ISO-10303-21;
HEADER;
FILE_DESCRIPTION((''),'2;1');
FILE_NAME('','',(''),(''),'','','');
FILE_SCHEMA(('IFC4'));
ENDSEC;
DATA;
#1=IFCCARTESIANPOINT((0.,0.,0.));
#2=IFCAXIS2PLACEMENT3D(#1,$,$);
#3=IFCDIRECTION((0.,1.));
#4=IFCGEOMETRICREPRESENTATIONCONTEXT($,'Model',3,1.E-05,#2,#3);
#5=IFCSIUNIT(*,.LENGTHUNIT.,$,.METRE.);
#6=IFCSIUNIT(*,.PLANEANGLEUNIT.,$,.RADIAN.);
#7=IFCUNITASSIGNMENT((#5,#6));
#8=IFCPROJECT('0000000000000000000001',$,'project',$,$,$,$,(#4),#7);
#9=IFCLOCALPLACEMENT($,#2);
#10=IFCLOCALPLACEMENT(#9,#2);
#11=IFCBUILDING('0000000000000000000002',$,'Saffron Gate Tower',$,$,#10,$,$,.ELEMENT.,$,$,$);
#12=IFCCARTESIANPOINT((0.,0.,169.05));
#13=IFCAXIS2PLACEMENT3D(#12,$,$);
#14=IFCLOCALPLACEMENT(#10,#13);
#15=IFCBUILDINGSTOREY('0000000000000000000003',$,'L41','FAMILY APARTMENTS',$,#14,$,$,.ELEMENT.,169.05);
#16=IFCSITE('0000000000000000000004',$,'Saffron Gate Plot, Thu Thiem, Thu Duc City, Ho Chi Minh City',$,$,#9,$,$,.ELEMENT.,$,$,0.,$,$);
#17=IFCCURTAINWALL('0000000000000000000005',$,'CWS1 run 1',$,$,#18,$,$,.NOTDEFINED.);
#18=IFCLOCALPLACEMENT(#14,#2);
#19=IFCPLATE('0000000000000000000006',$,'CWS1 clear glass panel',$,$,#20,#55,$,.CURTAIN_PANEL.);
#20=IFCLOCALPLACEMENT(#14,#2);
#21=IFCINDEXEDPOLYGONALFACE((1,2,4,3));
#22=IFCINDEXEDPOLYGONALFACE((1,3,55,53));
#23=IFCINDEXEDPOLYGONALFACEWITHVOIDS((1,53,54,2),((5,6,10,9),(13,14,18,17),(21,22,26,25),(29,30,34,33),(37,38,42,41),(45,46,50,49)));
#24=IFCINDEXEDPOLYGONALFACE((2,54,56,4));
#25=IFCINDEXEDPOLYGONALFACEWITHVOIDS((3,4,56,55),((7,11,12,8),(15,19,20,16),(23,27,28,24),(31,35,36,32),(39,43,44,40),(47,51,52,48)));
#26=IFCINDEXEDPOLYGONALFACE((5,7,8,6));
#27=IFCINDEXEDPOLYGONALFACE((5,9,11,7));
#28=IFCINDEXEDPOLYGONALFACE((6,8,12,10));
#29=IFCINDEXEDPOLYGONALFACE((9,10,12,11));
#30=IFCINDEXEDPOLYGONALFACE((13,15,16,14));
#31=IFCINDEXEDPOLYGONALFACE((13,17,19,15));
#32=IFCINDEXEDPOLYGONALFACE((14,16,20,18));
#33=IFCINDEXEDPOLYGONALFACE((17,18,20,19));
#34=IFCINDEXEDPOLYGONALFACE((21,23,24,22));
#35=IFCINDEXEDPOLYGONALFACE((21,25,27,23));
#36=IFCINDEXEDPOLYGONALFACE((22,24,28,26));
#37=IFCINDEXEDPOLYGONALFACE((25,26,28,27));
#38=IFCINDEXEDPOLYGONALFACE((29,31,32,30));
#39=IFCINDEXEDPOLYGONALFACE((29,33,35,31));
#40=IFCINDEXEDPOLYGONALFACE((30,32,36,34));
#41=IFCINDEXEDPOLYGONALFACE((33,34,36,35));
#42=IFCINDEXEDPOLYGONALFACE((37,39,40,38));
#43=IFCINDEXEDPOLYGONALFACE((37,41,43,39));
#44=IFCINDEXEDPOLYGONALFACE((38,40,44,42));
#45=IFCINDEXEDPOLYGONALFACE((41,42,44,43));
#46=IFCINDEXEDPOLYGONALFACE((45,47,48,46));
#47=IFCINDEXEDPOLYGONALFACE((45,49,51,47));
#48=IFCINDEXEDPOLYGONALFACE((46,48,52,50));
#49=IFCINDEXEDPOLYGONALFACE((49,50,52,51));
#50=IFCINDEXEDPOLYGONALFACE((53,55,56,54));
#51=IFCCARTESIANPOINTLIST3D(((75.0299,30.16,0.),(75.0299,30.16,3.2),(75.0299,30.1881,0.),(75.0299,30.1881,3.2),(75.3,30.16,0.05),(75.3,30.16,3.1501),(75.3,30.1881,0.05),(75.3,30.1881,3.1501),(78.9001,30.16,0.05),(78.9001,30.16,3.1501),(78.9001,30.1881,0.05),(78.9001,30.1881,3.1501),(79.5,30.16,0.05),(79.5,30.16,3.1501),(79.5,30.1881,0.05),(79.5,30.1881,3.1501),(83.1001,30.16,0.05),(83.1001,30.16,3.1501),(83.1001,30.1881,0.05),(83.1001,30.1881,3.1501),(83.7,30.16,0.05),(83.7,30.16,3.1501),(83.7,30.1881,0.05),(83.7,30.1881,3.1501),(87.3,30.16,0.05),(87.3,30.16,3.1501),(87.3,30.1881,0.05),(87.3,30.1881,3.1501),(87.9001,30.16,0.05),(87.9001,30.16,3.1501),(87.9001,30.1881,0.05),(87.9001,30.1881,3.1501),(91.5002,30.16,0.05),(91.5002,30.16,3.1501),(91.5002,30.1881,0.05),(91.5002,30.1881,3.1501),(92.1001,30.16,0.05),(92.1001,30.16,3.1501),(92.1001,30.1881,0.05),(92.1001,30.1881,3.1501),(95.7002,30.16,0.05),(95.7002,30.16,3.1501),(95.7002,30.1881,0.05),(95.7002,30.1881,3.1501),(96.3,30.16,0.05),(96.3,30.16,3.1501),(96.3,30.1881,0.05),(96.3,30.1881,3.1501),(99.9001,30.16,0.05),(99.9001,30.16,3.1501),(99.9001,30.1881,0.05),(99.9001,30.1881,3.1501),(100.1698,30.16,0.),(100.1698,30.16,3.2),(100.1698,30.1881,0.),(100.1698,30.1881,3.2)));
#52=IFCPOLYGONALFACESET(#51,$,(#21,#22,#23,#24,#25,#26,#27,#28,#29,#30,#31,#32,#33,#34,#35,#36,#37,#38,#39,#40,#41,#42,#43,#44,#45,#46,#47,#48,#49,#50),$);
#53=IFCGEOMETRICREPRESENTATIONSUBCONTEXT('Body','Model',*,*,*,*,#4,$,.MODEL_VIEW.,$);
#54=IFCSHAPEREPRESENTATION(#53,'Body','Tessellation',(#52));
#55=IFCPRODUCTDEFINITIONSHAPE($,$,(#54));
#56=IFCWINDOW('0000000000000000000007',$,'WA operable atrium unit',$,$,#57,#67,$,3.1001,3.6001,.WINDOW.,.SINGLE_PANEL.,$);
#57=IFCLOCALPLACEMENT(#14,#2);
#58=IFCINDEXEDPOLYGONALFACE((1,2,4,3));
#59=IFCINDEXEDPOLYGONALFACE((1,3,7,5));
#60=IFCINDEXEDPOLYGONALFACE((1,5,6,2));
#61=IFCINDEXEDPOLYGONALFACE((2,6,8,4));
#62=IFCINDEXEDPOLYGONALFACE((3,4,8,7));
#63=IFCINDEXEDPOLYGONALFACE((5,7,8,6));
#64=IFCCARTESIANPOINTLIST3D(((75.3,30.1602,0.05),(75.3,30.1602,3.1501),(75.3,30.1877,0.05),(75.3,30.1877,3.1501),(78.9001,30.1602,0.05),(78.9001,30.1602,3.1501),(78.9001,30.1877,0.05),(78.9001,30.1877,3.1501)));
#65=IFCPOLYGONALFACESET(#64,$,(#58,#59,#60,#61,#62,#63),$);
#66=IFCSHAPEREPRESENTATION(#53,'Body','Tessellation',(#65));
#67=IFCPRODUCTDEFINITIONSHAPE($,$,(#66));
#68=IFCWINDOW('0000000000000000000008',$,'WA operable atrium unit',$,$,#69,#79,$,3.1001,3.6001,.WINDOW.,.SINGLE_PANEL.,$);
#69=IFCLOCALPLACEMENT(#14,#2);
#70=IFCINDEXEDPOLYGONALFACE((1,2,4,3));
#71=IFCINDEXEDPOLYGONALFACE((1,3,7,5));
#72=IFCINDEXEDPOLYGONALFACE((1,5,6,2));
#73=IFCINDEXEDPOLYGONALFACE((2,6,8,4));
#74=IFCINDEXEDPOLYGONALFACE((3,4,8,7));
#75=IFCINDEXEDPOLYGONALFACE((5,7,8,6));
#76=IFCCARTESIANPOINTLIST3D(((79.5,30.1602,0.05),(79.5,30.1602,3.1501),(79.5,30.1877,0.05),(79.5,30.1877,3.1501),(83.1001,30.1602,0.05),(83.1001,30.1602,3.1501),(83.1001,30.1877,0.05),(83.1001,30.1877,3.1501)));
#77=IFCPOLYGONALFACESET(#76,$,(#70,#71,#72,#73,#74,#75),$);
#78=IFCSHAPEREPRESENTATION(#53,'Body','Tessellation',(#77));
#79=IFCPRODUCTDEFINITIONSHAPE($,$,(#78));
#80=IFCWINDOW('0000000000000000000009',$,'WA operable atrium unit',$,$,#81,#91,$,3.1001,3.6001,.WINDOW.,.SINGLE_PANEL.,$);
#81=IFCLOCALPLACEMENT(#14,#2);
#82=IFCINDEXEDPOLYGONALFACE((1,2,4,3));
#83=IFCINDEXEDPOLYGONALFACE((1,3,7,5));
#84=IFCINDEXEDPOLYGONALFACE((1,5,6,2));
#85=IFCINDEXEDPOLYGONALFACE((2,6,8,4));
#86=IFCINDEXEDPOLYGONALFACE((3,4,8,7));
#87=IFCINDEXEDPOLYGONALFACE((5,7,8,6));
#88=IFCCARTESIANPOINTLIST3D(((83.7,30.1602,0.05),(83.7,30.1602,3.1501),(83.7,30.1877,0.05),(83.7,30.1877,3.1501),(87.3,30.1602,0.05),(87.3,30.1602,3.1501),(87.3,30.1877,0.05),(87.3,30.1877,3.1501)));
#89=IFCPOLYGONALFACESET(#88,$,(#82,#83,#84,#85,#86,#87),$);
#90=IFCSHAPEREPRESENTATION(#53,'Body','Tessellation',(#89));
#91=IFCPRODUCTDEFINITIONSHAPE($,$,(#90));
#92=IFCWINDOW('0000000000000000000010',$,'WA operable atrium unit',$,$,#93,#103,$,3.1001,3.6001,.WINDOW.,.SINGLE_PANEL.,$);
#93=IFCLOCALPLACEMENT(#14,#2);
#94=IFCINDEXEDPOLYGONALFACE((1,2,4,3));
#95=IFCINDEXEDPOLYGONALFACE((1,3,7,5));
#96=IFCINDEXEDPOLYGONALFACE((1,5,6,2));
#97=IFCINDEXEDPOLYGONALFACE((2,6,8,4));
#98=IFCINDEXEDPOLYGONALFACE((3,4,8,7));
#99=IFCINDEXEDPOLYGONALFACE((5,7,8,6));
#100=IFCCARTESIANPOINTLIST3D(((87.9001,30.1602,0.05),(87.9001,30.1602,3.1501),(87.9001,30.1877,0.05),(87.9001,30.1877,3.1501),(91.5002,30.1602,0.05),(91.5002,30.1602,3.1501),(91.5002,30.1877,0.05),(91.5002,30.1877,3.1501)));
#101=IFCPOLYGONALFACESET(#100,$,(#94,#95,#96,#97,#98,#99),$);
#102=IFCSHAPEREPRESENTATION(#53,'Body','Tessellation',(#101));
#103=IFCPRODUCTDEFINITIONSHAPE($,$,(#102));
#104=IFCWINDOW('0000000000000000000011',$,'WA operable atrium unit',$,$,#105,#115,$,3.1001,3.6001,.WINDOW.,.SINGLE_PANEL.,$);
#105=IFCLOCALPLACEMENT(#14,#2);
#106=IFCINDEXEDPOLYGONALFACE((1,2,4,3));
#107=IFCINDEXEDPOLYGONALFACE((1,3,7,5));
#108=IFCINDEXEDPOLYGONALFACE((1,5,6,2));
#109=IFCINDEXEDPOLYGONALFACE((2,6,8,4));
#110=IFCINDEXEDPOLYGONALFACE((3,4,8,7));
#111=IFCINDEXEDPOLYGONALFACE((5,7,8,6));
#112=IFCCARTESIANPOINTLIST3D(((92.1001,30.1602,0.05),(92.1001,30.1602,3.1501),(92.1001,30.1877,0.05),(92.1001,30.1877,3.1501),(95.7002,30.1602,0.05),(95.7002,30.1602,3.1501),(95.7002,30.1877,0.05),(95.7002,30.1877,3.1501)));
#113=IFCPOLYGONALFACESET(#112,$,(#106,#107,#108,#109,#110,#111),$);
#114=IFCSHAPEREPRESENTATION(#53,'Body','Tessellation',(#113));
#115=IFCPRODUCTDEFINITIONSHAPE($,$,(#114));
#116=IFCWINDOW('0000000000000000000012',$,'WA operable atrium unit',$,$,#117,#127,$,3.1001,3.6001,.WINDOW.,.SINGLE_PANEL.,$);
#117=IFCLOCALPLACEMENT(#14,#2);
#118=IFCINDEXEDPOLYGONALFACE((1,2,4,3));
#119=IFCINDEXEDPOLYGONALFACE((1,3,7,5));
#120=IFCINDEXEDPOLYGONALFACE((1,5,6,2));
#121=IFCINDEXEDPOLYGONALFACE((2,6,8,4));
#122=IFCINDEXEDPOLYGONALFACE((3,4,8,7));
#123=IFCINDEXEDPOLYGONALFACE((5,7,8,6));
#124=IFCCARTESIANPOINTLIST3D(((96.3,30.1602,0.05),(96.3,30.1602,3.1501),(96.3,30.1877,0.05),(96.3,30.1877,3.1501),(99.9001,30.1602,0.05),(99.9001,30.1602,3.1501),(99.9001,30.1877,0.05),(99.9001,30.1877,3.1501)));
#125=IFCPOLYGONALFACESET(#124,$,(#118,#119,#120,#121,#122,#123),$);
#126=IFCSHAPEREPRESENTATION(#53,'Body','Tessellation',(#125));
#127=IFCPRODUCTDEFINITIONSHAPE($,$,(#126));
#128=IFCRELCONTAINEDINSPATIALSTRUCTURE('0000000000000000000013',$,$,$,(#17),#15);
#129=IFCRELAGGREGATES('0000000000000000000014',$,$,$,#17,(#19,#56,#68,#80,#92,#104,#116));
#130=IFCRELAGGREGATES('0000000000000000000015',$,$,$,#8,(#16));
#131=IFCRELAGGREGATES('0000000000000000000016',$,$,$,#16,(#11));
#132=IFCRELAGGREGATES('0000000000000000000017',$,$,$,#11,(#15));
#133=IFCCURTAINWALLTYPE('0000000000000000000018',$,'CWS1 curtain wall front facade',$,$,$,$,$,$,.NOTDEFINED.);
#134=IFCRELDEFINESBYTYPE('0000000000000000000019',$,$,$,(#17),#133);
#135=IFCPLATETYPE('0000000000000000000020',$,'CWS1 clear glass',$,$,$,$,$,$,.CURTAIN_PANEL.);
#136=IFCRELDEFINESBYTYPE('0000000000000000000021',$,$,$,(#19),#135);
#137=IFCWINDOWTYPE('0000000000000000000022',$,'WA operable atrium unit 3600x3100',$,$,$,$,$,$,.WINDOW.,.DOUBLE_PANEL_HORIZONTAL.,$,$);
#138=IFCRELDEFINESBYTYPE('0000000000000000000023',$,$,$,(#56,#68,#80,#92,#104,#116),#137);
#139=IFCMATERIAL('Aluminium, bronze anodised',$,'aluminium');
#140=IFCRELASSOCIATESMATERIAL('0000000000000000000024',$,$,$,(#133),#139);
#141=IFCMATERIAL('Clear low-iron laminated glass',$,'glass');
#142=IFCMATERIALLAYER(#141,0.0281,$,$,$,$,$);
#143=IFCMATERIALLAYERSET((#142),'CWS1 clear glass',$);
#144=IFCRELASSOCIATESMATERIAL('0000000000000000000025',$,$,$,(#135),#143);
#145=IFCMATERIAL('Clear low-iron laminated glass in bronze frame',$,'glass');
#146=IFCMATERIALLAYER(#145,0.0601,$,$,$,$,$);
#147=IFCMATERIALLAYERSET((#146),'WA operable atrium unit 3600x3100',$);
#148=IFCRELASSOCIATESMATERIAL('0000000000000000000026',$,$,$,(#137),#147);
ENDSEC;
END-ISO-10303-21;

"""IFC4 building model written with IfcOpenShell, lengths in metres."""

from ifc_helpers import new_model, si_unit, direction, frame, frame_2d, origin, place, context, subcontext, project, spatial, rectangle, extrude, material, layer, layer_set, type_object, element, fill, aggregate, save


model = new_model("IFC4")

# Units and contexts
model_context = context("Model", 3, precision=1e-05, world=origin(), true_north=direction((0.0, 1.0)))
body_context = subcontext(model_context, "Body", "Model", "MODEL_VIEW")
ifc_project = project(units=[si_unit("LENGTHUNIT", "METRE"), si_unit("PLANEANGLEUNIT", "RADIAN")], contexts=[model_context])

# Site, building, storey
site_placement = place(None, origin())
site = spatial("IfcSite", under=ifc_project, at=site_placement, Name="Saffron Gate Plot, Thu Thiem, Thu Duc City, Ho Chi Minh City", CompositionType="ELEMENT", RefElevation=0.0)
building_placement = place(site_placement, origin())
building = spatial("IfcBuilding", under=site, at=building_placement, Name="Saffron Gate Tower", CompositionType="ELEMENT")
storey_placement = place(building_placement, frame((0.0, 0.0, 169.05)))
storey = spatial("IfcBuildingStorey", under=building, at=storey_placement, Name="L41", Description="FAMILY APARTMENTS", CompositionType="ELEMENT", Elevation=169.05)

# Curtain wall, plate, openings, windows
ifc_material_1 = material(Name="Aluminium, bronze anodised", Category="aluminium")
curtain_wall_type = type_object("IfcCurtainWallType", Name="CWS1 curtain wall front facade", PredefinedType="NOTDEFINED", material=ifc_material_1)
curtain_wall_placement = place(storey_placement, origin())
curtain_wall = element("IfcCurtainWall", 1, at=curtain_wall_placement, inside=storey, type_object=curtain_wall_type, Name="CWS1 run 1", PredefinedType="NOTDEFINED")
ifc_material_2 = material(Name="Clear low-iron laminated glass", Category="glass")
ifc_layer_1 = layer(ifc_material_2, 0.0281)
ifc_layer_set_1 = layer_set([ifc_layer_1], Name="CWS1 clear glass")
plate_type = type_object("IfcPlateType", Name="CWS1 clear glass", PredefinedType="CURTAIN_PANEL", material=ifc_layer_set_1)
plate_placement = place(storey_placement, frame((75.03, 30.1741, 0.0), z_axis=(0.0, 0.0, 1.0), x_axis=(1.0, 0.0, 0.0)))
plate = element("IfcPlate", 2, at=plate_placement, type_object=plate_type, Name="CWS1 clear glass panel", PredefinedType="CURTAIN_PANEL", context=body_context, shape_type="SweptSolid", body=[
    extrude(rectangle(XDim=25.1399, YDim=0.0281, at=frame_2d((12.5698, 0.0))), origin(), (0.0, 0.0, 1.0), 3.2),
])
opening_1_placement = place(plate_placement, frame((0.27, 0.0, 0.05)))
opening_1 = element("IfcOpeningElement", 3, at=opening_1_placement, cuts=plate, PredefinedType="OPENING", context=body_context, shape_type="SweptSolid", body=[
    extrude(rectangle(XDim=3.6001, YDim=3.1001, at=frame_2d((1.8, 1.55))), frame((0.0, 0.0239, 0.0), z_axis=(0.0, -1.0, 0.0), x_axis=(1.0, 0.0, 0.0)), (0.0, 0.0, 1.0), 0.0481),
])
opening_2_placement = place(plate_placement, frame((4.47, 0.0, 0.05)))
opening_2 = element("IfcOpeningElement", 4, at=opening_2_placement, cuts=plate, PredefinedType="OPENING", context=body_context, shape_type="SweptSolid", body=[
    extrude(rectangle(XDim=3.6001, YDim=3.1001, at=frame_2d((1.8, 1.55))), frame((0.0, 0.0239, 0.0), z_axis=(0.0, -1.0, 0.0), x_axis=(1.0, 0.0, 0.0)), (0.0, 0.0, 1.0), 0.0481),
])
opening_3_placement = place(plate_placement, frame((8.6699, 0.0, 0.05)))
opening_3 = element("IfcOpeningElement", 5, at=opening_3_placement, cuts=plate, PredefinedType="OPENING", context=body_context, shape_type="SweptSolid", body=[
    extrude(rectangle(XDim=3.6001, YDim=3.1001, at=frame_2d((1.8, 1.55))), frame((0.0, 0.0239, 0.0), z_axis=(0.0, -1.0, 0.0), x_axis=(1.0, 0.0, 0.0)), (0.0, 0.0, 1.0), 0.0481),
])
opening_4_placement = place(plate_placement, frame((12.8701, 0.0, 0.05)))
opening_4 = element("IfcOpeningElement", 6, at=opening_4_placement, cuts=plate, PredefinedType="OPENING", context=body_context, shape_type="SweptSolid", body=[
    extrude(rectangle(XDim=3.6001, YDim=3.1001, at=frame_2d((1.8, 1.55))), frame((0.0, 0.0239, 0.0), z_axis=(0.0, -1.0, 0.0), x_axis=(1.0, 0.0, 0.0)), (0.0, 0.0, 1.0), 0.0481),
])
opening_5_placement = place(plate_placement, frame((17.0701, 0.0, 0.05)))
opening_5 = element("IfcOpeningElement", 7, at=opening_5_placement, cuts=plate, PredefinedType="OPENING", context=body_context, shape_type="SweptSolid", body=[
    extrude(rectangle(XDim=3.6001, YDim=3.1001, at=frame_2d((1.8, 1.55))), frame((0.0, 0.0239, 0.0), z_axis=(0.0, -1.0, 0.0), x_axis=(1.0, 0.0, 0.0)), (0.0, 0.0, 1.0), 0.0481),
])
opening_6_placement = place(plate_placement, frame((21.27, 0.0, 0.05)))
opening_6 = element("IfcOpeningElement", 8, at=opening_6_placement, cuts=plate, PredefinedType="OPENING", context=body_context, shape_type="SweptSolid", body=[
    extrude(rectangle(XDim=3.6001, YDim=3.1001, at=frame_2d((1.8, 1.55))), frame((0.0, 0.0239, 0.0), z_axis=(0.0, -1.0, 0.0), x_axis=(1.0, 0.0, 0.0)), (0.0, 0.0, 1.0), 0.0481),
])
ifc_material_3 = material(Name="Clear low-iron laminated glass in bronze frame", Category="glass")
ifc_layer_2 = layer(ifc_material_3, 0.0601)
ifc_layer_set_2 = layer_set([ifc_layer_2], Name="WA operable atrium unit 3600x3100")
window_type = type_object("IfcWindowType", Name="WA operable atrium unit 3600x3100", PartitioningType="DOUBLE_PANEL_HORIZONTAL", PredefinedType="WINDOW", material=ifc_layer_set_2)
window_1_placement = place(opening_1_placement, origin())
window_1 = element("IfcWindow", 9, at=window_1_placement, type_object=window_type, Name="WA operable atrium unit", OverallHeight=3.1001, OverallWidth=3.6001, PartitioningType="SINGLE_PANEL", PredefinedType="WINDOW", context=body_context, shape_type="SweptSolid", body=[
    extrude(rectangle(XDim=3.6001, YDim=3.1001, at=frame_2d((1.8, 1.55))), frame((0.0, 0.0137, 0.0), z_axis=(0.0, -1.0, 0.0), x_axis=(1.0, 0.0, 0.0)), (0.0, 0.0, 1.0), 0.0276),
])
fill(opening_1, window_1)
window_2_placement = place(opening_2_placement, origin())
window_2 = element("IfcWindow", 10, at=window_2_placement, type_object=window_type, Name="WA operable atrium unit", OverallHeight=3.1001, OverallWidth=3.6001, PartitioningType="SINGLE_PANEL", PredefinedType="WINDOW", context=body_context, shape_type="SweptSolid", body=[
    extrude(rectangle(XDim=3.6001, YDim=3.1001, at=frame_2d((1.8, 1.55))), frame((0.0, 0.0137, 0.0), z_axis=(0.0, -1.0, 0.0), x_axis=(1.0, 0.0, 0.0)), (0.0, 0.0, 1.0), 0.0276),
])
fill(opening_2, window_2)
window_3_placement = place(opening_3_placement, origin())
window_3 = element("IfcWindow", 11, at=window_3_placement, type_object=window_type, Name="WA operable atrium unit", OverallHeight=3.1001, OverallWidth=3.6001, PartitioningType="SINGLE_PANEL", PredefinedType="WINDOW", context=body_context, shape_type="SweptSolid", body=[
    extrude(rectangle(XDim=3.6001, YDim=3.1001, at=frame_2d((1.8, 1.55))), frame((0.0, 0.0137, 0.0), z_axis=(0.0, -1.0, 0.0), x_axis=(1.0, 0.0, 0.0)), (0.0, 0.0, 1.0), 0.0276),
])
fill(opening_3, window_3)
window_4_placement = place(opening_4_placement, origin())
window_4 = element("IfcWindow", 12, at=window_4_placement, type_object=window_type, Name="WA operable atrium unit", OverallHeight=3.1001, OverallWidth=3.6001, PartitioningType="SINGLE_PANEL", PredefinedType="WINDOW", context=body_context, shape_type="SweptSolid", body=[
    extrude(rectangle(XDim=3.6001, YDim=3.1001, at=frame_2d((1.8, 1.55))), frame((0.0, 0.0137, 0.0), z_axis=(0.0, -1.0, 0.0), x_axis=(1.0, 0.0, 0.0)), (0.0, 0.0, 1.0), 0.0276),
])
fill(opening_4, window_4)
window_5_placement = place(opening_5_placement, origin())
window_5 = element("IfcWindow", 13, at=window_5_placement, type_object=window_type, Name="WA operable atrium unit", OverallHeight=3.1001, OverallWidth=3.6001, PartitioningType="SINGLE_PANEL", PredefinedType="WINDOW", context=body_context, shape_type="SweptSolid", body=[
    extrude(rectangle(XDim=3.6001, YDim=3.1001, at=frame_2d((1.8, 1.55))), frame((0.0, 0.0137, 0.0), z_axis=(0.0, -1.0, 0.0), x_axis=(1.0, 0.0, 0.0)), (0.0, 0.0, 1.0), 0.0276),
])
fill(opening_5, window_5)
window_6_placement = place(opening_6_placement, origin())
window_6 = element("IfcWindow", 14, at=window_6_placement, type_object=window_type, Name="WA operable atrium unit", OverallHeight=3.1001, OverallWidth=3.6001, PartitioningType="SINGLE_PANEL", PredefinedType="WINDOW", context=body_context, shape_type="SweptSolid", body=[
    extrude(rectangle(XDim=3.6001, YDim=3.1001, at=frame_2d((1.8, 1.55))), frame((0.0, 0.0137, 0.0), z_axis=(0.0, -1.0, 0.0), x_axis=(1.0, 0.0, 0.0)), (0.0, 0.0, 1.0), 0.0276),
])
fill(opening_6, window_6)
aggregate(curtain_wall, [plate, window_1, window_2, window_3, window_4, window_5, window_6])

save(model, "model.ifc")
